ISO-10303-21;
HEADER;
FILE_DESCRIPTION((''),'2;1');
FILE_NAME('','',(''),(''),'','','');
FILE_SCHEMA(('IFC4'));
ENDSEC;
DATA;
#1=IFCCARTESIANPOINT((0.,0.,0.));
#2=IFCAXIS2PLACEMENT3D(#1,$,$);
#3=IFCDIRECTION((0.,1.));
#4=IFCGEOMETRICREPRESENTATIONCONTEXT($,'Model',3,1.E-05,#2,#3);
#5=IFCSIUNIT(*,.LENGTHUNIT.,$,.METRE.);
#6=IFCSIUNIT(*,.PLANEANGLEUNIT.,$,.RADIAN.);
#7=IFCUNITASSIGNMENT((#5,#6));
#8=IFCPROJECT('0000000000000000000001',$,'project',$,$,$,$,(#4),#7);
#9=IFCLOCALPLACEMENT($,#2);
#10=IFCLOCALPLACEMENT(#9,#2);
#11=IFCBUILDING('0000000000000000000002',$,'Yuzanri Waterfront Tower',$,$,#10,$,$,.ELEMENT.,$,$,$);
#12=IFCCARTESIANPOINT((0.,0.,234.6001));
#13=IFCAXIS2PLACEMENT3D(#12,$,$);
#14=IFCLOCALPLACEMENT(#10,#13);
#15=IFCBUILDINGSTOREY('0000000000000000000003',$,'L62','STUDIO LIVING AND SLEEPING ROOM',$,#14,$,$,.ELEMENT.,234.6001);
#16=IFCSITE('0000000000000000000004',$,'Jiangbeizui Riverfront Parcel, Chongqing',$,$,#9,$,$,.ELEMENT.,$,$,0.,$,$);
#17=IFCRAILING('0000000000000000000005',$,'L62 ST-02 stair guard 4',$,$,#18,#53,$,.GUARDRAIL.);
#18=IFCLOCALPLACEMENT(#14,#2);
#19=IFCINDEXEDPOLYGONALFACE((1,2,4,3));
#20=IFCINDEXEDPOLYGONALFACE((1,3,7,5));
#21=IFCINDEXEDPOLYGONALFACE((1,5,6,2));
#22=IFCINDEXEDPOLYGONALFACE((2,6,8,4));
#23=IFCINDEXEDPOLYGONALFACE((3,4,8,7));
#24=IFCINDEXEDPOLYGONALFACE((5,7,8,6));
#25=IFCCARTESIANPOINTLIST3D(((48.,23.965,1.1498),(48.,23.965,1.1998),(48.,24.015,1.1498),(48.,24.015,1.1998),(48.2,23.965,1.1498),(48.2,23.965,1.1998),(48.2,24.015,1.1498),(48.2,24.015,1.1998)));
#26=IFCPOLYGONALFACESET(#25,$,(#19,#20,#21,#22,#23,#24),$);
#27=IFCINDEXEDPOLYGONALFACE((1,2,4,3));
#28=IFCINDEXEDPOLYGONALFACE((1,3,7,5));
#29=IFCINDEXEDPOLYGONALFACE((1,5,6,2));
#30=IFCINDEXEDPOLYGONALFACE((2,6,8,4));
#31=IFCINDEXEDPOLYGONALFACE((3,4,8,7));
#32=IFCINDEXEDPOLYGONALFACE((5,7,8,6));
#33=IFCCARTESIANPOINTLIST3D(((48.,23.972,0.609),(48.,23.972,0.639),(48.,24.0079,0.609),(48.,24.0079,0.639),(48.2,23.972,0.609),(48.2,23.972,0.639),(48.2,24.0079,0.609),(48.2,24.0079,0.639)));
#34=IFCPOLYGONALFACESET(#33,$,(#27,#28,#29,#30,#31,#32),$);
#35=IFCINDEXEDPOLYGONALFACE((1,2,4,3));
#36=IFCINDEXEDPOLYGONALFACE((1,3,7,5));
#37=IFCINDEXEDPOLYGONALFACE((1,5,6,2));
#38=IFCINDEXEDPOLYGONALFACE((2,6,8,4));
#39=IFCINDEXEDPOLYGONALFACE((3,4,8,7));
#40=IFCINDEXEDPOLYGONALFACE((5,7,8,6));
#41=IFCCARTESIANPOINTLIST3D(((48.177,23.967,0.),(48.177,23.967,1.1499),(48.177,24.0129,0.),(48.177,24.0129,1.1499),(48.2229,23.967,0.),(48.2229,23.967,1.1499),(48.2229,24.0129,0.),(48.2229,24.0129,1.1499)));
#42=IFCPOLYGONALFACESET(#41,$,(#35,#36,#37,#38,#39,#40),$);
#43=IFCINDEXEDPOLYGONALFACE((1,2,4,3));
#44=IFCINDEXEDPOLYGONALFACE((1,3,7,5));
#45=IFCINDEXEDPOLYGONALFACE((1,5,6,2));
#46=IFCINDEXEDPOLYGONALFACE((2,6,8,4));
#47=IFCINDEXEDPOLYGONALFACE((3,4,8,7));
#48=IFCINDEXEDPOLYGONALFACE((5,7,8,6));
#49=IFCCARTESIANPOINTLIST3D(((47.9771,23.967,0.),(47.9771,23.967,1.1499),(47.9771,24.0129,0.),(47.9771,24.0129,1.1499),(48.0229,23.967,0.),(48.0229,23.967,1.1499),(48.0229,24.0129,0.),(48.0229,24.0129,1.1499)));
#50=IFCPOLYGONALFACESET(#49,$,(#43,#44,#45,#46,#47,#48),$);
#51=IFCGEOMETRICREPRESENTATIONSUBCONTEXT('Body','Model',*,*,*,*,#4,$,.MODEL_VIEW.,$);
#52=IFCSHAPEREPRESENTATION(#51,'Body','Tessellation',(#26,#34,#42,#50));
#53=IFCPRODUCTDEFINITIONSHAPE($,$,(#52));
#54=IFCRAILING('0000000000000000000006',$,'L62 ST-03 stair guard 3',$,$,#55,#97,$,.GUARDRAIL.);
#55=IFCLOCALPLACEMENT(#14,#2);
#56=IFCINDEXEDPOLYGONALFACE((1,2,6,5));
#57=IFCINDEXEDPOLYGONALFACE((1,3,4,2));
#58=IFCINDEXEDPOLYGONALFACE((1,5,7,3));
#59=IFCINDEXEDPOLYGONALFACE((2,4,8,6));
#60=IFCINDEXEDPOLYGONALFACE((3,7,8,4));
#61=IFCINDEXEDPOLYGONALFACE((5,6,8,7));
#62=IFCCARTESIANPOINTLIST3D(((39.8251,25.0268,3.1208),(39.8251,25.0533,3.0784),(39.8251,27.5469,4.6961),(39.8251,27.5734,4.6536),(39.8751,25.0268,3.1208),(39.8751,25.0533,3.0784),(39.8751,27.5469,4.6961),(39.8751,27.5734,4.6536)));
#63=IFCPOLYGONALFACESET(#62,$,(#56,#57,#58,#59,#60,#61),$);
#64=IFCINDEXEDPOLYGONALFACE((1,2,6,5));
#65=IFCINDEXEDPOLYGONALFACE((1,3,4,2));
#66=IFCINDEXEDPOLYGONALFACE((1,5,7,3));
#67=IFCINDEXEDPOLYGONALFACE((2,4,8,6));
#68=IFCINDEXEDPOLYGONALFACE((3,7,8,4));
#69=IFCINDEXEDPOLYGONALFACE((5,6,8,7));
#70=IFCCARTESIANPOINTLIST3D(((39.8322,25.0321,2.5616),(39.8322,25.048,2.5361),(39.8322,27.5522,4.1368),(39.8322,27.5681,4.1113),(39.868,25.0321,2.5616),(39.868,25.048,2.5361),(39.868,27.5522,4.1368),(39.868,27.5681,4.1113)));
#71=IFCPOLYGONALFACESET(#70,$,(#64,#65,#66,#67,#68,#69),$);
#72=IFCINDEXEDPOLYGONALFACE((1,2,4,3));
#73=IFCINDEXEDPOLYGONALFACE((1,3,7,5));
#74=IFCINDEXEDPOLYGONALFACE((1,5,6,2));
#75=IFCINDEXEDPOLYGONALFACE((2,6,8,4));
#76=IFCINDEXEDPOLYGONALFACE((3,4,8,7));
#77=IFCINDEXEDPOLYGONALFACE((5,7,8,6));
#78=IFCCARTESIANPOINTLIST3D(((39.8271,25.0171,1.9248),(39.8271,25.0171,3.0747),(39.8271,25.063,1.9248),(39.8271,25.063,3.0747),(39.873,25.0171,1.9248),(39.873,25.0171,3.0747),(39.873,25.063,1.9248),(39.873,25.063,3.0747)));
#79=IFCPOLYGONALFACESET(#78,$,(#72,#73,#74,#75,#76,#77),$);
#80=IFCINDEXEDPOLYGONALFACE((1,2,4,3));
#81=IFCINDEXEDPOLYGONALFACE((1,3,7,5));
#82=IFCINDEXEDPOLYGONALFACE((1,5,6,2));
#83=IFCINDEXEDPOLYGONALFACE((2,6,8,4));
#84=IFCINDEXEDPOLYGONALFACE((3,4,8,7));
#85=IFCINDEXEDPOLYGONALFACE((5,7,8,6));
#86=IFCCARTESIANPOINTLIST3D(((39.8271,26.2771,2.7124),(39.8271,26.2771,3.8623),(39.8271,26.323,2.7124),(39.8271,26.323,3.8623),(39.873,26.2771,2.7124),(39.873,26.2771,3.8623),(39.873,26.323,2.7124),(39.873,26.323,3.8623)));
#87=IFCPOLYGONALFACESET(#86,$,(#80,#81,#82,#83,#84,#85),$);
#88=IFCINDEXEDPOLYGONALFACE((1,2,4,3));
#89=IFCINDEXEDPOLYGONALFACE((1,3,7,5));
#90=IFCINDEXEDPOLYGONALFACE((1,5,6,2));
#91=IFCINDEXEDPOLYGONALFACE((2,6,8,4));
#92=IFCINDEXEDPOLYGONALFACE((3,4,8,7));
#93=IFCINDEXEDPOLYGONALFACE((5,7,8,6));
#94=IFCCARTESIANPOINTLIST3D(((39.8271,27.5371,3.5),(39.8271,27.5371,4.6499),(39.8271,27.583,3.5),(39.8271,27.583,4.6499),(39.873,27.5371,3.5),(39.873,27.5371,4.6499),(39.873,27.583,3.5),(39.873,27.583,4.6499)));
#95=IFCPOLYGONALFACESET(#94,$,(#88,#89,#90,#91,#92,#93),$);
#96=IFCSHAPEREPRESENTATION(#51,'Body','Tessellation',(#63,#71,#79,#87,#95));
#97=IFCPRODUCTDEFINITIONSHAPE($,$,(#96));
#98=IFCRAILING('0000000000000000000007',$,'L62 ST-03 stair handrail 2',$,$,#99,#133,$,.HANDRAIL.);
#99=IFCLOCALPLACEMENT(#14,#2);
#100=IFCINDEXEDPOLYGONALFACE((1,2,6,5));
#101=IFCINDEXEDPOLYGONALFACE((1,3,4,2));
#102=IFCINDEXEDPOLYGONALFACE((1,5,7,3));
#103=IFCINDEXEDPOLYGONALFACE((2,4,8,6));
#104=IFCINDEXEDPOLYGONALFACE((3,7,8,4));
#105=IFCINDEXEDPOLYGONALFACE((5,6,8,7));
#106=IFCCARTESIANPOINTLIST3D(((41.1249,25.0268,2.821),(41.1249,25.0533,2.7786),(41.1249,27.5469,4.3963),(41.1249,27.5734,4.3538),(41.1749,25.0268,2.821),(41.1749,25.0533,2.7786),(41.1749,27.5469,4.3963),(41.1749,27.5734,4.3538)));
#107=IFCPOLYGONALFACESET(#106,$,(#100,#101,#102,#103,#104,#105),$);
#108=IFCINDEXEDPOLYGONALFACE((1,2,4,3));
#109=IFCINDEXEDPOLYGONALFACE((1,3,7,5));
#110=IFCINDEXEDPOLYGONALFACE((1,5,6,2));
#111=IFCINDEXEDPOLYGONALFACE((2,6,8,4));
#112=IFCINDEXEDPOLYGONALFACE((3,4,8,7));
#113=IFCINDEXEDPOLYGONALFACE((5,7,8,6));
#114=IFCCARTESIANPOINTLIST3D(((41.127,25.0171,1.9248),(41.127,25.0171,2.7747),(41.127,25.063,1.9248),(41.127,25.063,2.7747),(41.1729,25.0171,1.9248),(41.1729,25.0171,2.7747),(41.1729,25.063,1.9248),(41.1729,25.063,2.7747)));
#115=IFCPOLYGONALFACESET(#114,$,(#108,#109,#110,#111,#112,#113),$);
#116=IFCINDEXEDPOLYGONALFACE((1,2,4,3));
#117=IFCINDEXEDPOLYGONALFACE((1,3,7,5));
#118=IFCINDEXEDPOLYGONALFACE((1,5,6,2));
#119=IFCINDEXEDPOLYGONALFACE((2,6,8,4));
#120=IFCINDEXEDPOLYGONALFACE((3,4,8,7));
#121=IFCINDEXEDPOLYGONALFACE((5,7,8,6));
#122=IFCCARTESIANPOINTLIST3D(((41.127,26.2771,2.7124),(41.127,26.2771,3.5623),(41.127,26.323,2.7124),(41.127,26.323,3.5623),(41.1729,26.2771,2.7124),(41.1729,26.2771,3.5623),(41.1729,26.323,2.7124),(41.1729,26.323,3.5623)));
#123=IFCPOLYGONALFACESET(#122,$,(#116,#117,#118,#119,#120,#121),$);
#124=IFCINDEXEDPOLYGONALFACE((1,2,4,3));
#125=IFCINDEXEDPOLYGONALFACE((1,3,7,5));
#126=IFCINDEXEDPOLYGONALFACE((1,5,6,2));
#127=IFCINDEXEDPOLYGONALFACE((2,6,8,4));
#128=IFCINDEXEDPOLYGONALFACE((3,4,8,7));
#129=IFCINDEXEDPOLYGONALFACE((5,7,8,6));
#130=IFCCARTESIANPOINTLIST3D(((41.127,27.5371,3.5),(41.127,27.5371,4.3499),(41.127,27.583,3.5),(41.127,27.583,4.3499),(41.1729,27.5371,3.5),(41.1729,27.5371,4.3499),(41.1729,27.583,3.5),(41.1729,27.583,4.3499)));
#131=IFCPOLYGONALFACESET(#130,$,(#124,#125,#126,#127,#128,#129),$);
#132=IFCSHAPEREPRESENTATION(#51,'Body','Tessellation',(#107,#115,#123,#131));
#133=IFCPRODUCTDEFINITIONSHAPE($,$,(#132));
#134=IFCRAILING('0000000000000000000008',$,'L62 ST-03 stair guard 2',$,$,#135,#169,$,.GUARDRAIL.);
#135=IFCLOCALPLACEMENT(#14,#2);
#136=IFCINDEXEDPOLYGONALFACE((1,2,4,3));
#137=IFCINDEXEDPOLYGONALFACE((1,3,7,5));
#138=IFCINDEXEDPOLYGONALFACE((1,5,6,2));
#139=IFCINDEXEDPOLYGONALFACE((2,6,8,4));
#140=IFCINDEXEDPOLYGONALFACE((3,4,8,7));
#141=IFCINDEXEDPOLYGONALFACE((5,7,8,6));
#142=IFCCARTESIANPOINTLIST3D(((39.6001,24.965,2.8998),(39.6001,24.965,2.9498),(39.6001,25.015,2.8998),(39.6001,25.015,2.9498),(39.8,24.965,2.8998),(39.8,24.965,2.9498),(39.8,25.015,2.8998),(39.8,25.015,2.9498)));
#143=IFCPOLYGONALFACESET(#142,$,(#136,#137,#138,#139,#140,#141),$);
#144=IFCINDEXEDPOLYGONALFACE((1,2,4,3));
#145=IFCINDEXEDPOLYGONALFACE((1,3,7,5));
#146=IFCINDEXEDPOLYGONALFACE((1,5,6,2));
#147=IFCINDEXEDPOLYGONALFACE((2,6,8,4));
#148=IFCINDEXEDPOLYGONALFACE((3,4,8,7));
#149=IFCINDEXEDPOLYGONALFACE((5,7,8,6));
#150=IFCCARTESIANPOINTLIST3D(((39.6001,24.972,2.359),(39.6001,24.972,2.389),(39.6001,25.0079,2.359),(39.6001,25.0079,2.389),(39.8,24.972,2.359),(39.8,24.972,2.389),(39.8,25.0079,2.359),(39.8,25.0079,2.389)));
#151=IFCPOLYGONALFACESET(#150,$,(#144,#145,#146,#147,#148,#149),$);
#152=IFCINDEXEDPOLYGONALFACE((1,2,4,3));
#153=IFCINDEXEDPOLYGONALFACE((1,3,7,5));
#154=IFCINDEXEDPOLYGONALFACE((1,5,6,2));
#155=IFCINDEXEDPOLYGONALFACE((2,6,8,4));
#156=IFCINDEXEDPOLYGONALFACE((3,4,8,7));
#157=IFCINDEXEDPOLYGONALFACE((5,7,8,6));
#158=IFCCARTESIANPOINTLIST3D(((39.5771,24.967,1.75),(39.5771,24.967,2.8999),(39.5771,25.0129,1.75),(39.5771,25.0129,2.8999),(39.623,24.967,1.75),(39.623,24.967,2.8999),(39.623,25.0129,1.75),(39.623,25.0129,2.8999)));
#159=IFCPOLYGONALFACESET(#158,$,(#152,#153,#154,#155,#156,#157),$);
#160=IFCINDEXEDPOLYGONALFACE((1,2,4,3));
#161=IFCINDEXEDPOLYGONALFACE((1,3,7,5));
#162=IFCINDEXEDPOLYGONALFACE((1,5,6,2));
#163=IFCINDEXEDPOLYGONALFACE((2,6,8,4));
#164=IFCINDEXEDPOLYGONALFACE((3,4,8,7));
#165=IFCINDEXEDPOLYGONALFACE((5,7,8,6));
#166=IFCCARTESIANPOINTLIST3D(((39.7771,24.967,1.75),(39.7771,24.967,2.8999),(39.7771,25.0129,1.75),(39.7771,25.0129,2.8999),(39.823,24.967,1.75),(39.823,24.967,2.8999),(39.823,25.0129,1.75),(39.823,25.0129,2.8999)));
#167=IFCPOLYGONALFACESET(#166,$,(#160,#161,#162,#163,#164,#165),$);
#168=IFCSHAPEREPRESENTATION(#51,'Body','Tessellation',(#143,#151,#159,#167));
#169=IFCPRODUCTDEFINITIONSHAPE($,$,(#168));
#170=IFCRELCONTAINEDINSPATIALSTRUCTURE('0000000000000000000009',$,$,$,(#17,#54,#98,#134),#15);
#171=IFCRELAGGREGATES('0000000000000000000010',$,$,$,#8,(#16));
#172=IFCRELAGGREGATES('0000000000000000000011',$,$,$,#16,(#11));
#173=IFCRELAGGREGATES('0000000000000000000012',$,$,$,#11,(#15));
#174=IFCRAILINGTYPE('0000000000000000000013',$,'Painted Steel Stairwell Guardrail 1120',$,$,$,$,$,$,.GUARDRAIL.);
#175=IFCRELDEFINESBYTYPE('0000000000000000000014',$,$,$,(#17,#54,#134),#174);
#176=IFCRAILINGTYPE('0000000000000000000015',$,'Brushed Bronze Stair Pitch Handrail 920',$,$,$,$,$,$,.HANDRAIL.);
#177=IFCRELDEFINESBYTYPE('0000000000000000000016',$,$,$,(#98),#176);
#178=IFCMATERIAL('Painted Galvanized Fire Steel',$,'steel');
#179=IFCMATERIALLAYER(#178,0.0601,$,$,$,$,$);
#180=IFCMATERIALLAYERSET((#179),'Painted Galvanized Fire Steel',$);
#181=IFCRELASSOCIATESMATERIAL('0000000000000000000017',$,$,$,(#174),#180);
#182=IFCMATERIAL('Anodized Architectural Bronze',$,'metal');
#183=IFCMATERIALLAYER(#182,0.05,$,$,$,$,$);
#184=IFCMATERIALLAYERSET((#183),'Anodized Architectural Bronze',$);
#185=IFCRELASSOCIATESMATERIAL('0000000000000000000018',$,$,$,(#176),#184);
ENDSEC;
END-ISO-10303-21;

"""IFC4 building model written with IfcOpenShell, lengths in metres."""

from ifc_helpers import new_model, si_unit, direction, frame, origin, origin_2d, place, context, subcontext, project, spatial, rectangle, extrude, source, transform, mapped, material, layer, layer_set, type_object, element, save


model = new_model("IFC4")

# Units and contexts
model_context = context("Model", 3, precision=1e-05, world=origin(), true_north=direction((0.0, 1.0)))
body_context = subcontext(model_context, "Body", "Model", "MODEL_VIEW")
ifc_project = project(units=[si_unit("LENGTHUNIT", "METRE"), si_unit("PLANEANGLEUNIT", "RADIAN")], contexts=[model_context])

# Site, building, storey
site_placement = place(None, origin())
site = spatial("IfcSite", under=ifc_project, at=site_placement, Name="Jiangbeizui Riverfront Parcel, Chongqing", CompositionType="ELEMENT", RefElevation=0.0)
building_placement = place(site_placement, origin())
building = spatial("IfcBuilding", under=site, at=building_placement, Name="Yuzanri Waterfront Tower", CompositionType="ELEMENT")
storey_placement = place(building_placement, frame((0.0, 0.0, 234.6001)))
storey = spatial("IfcBuildingStorey", under=building, at=storey_placement, Name="L62", Description="STUDIO LIVING AND SLEEPING ROOM", CompositionType="ELEMENT", Elevation=234.6001)

# Railings
ifc_material_1 = material(Name="Painted Galvanized Fire Steel", Category="steel")
ifc_layer_1 = layer(ifc_material_1, 0.0601)
ifc_layer_set_1 = layer_set([ifc_layer_1], Name="Painted Galvanized Fire Steel")
railing_type_1 = type_object("IfcRailingType", Name="Painted Steel Stairwell Guardrail 1120", PredefinedType="GUARDRAIL", material=ifc_layer_set_1)
shared_shape_1 = source(origin(), body_context, "Body", "SweptSolid", [
    extrude(rectangle(XDim=0.05, YDim=0.05, at=origin_2d()), frame((0.0, 0.0, 1.1748), z_axis=(-1.0, 0.0, 0.0), x_axis=(0.0, -1.0, 0.0)), (0.0, 0.0, 1.0), 0.2),
    extrude(rectangle(XDim=0.0359, YDim=0.03, at=origin_2d()), frame((0.0, 0.0, 0.624), z_axis=(-1.0, 0.0, 0.0), x_axis=(0.0, -1.0, 0.0)), (0.0, 0.0, 1.0), 0.2),
    extrude(rectangle(XDim=0.0459, YDim=0.0459, at=origin_2d()), origin(), (0.0, 0.0, 1.0), 1.1499),
    extrude(rectangle(XDim=0.0459, YDim=0.0459, at=origin_2d()), frame((-0.2, 0.0, 0.0)), (0.0, 0.0, 1.0), 1.1499),
])
railing_1_placement = place(storey_placement, frame((48.2, 23.99, 0.0)))
element("IfcRailing", 1, at=railing_1_placement, inside=storey, type_object=railing_type_1, Name="L62 ST-02 stair guard 4", PredefinedType="GUARDRAIL", context=body_context, shape_type="MappedRepresentation", body=[
    mapped(shared_shape_1, transform((0.0, 0.0, 0.0), scale=1.0)),
])
shared_shape_2 = source(origin(), body_context, "Body", "SweptSolid", [
    extrude(rectangle(XDim=0.05, YDim=0.05, at=origin_2d()), frame((0.0, 0.0, 1.1748), z_axis=(0.0, 0.847971, 0.530043), x_axis=(-1.0, 0.0, 0.0)), (0.0, 0.0, 1.0), 2.9719),
    extrude(rectangle(XDim=0.0359, YDim=0.03, at=origin_2d()), frame((0.0, 0.0, 0.624), z_axis=(0.0, 0.847971, 0.530043), x_axis=(-1.0, 0.0, 0.0)), (0.0, 0.0, 1.0), 2.9719),
    extrude(rectangle(XDim=0.0459, YDim=0.0459, at=origin_2d()), origin(), (0.0, 0.0, 1.0), 1.1499),
    extrude(rectangle(XDim=0.0459, YDim=0.0459, at=origin_2d()), frame((0.0, 1.26, 0.7876)), (0.0, 0.0, 1.0), 1.1499),
    extrude(rectangle(XDim=0.0459, YDim=0.0459, at=origin_2d()), frame((0.0, 2.52, 1.5752)), (0.0, 0.0, 1.0), 1.1499),
])
railing_2_placement = place(storey_placement, frame((39.8501, 25.04, 1.9248)))
element("IfcRailing", 2, at=railing_2_placement, inside=storey, type_object=railing_type_1, Name="L62 ST-03 stair guard 3", PredefinedType="GUARDRAIL", context=body_context, shape_type="MappedRepresentation", body=[
    mapped(shared_shape_2, transform((0.0, 0.0, 0.0), scale=1.0)),
])
ifc_material_2 = material(Name="Anodized Architectural Bronze", Category="metal")
ifc_layer_2 = layer(ifc_material_2, 0.05)
ifc_layer_set_2 = layer_set([ifc_layer_2], Name="Anodized Architectural Bronze")
railing_type_2 = type_object("IfcRailingType", Name="Brushed Bronze Stair Pitch Handrail 920", PredefinedType="HANDRAIL", material=ifc_layer_set_2)
shared_shape_3 = source(origin(), body_context, "Body", "SweptSolid", [
    extrude(rectangle(XDim=0.05, YDim=0.05, at=origin_2d()), frame((0.0, 0.0, 0.875), z_axis=(0.0, 0.847971, 0.530043), x_axis=(-1.0, 0.0, 0.0)), (0.0, 0.0, 1.0), 2.9719),
    extrude(rectangle(XDim=0.0459, YDim=0.0459, at=origin_2d()), origin(), (0.0, 0.0, 1.0), 0.8499),
    extrude(rectangle(XDim=0.0459, YDim=0.0459, at=origin_2d()), frame((0.0, 1.26, 0.7876)), (0.0, 0.0, 1.0), 0.8499),
    extrude(rectangle(XDim=0.0459, YDim=0.0459, at=origin_2d()), frame((0.0, 2.52, 1.5752)), (0.0, 0.0, 1.0), 0.8499),
])
railing_3_placement = place(storey_placement, frame((41.1499, 25.04, 1.9248)))
element("IfcRailing", 3, at=railing_3_placement, inside=storey, type_object=railing_type_2, Name="L62 ST-03 stair handrail 2", PredefinedType="HANDRAIL", context=body_context, shape_type="MappedRepresentation", body=[
    mapped(shared_shape_3, transform((0.0, 0.0, 0.0), scale=1.0)),
])
shared_shape_4 = source(origin(), body_context, "Body", "SweptSolid", [
    extrude(rectangle(XDim=0.05, YDim=0.05, at=origin_2d()), frame((0.0, 0.0, 1.1748), z_axis=(1.0, 0.0, 0.0), x_axis=(0.0, 1.0, 0.0)), (0.0, 0.0, 1.0), 0.2),
    extrude(rectangle(XDim=0.0359, YDim=0.03, at=origin_2d()), frame((0.0, 0.0, 0.624), z_axis=(1.0, 0.0, 0.0), x_axis=(0.0, 1.0, 0.0)), (0.0, 0.0, 1.0), 0.2),
    extrude(rectangle(XDim=0.0459, YDim=0.0459, at=origin_2d()), origin(), (0.0, 0.0, 1.0), 1.1499),
    extrude(rectangle(XDim=0.0459, YDim=0.0459, at=origin_2d()), frame((0.2, 0.0, 0.0)), (0.0, 0.0, 1.0), 1.1499),
])
railing_4_placement = place(storey_placement, frame((39.6001, 24.99, 1.75)))
element("IfcRailing", 4, at=railing_4_placement, inside=storey, type_object=railing_type_1, Name="L62 ST-03 stair guard 2", PredefinedType="GUARDRAIL", context=body_context, shape_type="MappedRepresentation", body=[
    mapped(shared_shape_4, transform((0.0, 0.0, 0.0), scale=1.0)),
])

save(model, "model.ifc")
